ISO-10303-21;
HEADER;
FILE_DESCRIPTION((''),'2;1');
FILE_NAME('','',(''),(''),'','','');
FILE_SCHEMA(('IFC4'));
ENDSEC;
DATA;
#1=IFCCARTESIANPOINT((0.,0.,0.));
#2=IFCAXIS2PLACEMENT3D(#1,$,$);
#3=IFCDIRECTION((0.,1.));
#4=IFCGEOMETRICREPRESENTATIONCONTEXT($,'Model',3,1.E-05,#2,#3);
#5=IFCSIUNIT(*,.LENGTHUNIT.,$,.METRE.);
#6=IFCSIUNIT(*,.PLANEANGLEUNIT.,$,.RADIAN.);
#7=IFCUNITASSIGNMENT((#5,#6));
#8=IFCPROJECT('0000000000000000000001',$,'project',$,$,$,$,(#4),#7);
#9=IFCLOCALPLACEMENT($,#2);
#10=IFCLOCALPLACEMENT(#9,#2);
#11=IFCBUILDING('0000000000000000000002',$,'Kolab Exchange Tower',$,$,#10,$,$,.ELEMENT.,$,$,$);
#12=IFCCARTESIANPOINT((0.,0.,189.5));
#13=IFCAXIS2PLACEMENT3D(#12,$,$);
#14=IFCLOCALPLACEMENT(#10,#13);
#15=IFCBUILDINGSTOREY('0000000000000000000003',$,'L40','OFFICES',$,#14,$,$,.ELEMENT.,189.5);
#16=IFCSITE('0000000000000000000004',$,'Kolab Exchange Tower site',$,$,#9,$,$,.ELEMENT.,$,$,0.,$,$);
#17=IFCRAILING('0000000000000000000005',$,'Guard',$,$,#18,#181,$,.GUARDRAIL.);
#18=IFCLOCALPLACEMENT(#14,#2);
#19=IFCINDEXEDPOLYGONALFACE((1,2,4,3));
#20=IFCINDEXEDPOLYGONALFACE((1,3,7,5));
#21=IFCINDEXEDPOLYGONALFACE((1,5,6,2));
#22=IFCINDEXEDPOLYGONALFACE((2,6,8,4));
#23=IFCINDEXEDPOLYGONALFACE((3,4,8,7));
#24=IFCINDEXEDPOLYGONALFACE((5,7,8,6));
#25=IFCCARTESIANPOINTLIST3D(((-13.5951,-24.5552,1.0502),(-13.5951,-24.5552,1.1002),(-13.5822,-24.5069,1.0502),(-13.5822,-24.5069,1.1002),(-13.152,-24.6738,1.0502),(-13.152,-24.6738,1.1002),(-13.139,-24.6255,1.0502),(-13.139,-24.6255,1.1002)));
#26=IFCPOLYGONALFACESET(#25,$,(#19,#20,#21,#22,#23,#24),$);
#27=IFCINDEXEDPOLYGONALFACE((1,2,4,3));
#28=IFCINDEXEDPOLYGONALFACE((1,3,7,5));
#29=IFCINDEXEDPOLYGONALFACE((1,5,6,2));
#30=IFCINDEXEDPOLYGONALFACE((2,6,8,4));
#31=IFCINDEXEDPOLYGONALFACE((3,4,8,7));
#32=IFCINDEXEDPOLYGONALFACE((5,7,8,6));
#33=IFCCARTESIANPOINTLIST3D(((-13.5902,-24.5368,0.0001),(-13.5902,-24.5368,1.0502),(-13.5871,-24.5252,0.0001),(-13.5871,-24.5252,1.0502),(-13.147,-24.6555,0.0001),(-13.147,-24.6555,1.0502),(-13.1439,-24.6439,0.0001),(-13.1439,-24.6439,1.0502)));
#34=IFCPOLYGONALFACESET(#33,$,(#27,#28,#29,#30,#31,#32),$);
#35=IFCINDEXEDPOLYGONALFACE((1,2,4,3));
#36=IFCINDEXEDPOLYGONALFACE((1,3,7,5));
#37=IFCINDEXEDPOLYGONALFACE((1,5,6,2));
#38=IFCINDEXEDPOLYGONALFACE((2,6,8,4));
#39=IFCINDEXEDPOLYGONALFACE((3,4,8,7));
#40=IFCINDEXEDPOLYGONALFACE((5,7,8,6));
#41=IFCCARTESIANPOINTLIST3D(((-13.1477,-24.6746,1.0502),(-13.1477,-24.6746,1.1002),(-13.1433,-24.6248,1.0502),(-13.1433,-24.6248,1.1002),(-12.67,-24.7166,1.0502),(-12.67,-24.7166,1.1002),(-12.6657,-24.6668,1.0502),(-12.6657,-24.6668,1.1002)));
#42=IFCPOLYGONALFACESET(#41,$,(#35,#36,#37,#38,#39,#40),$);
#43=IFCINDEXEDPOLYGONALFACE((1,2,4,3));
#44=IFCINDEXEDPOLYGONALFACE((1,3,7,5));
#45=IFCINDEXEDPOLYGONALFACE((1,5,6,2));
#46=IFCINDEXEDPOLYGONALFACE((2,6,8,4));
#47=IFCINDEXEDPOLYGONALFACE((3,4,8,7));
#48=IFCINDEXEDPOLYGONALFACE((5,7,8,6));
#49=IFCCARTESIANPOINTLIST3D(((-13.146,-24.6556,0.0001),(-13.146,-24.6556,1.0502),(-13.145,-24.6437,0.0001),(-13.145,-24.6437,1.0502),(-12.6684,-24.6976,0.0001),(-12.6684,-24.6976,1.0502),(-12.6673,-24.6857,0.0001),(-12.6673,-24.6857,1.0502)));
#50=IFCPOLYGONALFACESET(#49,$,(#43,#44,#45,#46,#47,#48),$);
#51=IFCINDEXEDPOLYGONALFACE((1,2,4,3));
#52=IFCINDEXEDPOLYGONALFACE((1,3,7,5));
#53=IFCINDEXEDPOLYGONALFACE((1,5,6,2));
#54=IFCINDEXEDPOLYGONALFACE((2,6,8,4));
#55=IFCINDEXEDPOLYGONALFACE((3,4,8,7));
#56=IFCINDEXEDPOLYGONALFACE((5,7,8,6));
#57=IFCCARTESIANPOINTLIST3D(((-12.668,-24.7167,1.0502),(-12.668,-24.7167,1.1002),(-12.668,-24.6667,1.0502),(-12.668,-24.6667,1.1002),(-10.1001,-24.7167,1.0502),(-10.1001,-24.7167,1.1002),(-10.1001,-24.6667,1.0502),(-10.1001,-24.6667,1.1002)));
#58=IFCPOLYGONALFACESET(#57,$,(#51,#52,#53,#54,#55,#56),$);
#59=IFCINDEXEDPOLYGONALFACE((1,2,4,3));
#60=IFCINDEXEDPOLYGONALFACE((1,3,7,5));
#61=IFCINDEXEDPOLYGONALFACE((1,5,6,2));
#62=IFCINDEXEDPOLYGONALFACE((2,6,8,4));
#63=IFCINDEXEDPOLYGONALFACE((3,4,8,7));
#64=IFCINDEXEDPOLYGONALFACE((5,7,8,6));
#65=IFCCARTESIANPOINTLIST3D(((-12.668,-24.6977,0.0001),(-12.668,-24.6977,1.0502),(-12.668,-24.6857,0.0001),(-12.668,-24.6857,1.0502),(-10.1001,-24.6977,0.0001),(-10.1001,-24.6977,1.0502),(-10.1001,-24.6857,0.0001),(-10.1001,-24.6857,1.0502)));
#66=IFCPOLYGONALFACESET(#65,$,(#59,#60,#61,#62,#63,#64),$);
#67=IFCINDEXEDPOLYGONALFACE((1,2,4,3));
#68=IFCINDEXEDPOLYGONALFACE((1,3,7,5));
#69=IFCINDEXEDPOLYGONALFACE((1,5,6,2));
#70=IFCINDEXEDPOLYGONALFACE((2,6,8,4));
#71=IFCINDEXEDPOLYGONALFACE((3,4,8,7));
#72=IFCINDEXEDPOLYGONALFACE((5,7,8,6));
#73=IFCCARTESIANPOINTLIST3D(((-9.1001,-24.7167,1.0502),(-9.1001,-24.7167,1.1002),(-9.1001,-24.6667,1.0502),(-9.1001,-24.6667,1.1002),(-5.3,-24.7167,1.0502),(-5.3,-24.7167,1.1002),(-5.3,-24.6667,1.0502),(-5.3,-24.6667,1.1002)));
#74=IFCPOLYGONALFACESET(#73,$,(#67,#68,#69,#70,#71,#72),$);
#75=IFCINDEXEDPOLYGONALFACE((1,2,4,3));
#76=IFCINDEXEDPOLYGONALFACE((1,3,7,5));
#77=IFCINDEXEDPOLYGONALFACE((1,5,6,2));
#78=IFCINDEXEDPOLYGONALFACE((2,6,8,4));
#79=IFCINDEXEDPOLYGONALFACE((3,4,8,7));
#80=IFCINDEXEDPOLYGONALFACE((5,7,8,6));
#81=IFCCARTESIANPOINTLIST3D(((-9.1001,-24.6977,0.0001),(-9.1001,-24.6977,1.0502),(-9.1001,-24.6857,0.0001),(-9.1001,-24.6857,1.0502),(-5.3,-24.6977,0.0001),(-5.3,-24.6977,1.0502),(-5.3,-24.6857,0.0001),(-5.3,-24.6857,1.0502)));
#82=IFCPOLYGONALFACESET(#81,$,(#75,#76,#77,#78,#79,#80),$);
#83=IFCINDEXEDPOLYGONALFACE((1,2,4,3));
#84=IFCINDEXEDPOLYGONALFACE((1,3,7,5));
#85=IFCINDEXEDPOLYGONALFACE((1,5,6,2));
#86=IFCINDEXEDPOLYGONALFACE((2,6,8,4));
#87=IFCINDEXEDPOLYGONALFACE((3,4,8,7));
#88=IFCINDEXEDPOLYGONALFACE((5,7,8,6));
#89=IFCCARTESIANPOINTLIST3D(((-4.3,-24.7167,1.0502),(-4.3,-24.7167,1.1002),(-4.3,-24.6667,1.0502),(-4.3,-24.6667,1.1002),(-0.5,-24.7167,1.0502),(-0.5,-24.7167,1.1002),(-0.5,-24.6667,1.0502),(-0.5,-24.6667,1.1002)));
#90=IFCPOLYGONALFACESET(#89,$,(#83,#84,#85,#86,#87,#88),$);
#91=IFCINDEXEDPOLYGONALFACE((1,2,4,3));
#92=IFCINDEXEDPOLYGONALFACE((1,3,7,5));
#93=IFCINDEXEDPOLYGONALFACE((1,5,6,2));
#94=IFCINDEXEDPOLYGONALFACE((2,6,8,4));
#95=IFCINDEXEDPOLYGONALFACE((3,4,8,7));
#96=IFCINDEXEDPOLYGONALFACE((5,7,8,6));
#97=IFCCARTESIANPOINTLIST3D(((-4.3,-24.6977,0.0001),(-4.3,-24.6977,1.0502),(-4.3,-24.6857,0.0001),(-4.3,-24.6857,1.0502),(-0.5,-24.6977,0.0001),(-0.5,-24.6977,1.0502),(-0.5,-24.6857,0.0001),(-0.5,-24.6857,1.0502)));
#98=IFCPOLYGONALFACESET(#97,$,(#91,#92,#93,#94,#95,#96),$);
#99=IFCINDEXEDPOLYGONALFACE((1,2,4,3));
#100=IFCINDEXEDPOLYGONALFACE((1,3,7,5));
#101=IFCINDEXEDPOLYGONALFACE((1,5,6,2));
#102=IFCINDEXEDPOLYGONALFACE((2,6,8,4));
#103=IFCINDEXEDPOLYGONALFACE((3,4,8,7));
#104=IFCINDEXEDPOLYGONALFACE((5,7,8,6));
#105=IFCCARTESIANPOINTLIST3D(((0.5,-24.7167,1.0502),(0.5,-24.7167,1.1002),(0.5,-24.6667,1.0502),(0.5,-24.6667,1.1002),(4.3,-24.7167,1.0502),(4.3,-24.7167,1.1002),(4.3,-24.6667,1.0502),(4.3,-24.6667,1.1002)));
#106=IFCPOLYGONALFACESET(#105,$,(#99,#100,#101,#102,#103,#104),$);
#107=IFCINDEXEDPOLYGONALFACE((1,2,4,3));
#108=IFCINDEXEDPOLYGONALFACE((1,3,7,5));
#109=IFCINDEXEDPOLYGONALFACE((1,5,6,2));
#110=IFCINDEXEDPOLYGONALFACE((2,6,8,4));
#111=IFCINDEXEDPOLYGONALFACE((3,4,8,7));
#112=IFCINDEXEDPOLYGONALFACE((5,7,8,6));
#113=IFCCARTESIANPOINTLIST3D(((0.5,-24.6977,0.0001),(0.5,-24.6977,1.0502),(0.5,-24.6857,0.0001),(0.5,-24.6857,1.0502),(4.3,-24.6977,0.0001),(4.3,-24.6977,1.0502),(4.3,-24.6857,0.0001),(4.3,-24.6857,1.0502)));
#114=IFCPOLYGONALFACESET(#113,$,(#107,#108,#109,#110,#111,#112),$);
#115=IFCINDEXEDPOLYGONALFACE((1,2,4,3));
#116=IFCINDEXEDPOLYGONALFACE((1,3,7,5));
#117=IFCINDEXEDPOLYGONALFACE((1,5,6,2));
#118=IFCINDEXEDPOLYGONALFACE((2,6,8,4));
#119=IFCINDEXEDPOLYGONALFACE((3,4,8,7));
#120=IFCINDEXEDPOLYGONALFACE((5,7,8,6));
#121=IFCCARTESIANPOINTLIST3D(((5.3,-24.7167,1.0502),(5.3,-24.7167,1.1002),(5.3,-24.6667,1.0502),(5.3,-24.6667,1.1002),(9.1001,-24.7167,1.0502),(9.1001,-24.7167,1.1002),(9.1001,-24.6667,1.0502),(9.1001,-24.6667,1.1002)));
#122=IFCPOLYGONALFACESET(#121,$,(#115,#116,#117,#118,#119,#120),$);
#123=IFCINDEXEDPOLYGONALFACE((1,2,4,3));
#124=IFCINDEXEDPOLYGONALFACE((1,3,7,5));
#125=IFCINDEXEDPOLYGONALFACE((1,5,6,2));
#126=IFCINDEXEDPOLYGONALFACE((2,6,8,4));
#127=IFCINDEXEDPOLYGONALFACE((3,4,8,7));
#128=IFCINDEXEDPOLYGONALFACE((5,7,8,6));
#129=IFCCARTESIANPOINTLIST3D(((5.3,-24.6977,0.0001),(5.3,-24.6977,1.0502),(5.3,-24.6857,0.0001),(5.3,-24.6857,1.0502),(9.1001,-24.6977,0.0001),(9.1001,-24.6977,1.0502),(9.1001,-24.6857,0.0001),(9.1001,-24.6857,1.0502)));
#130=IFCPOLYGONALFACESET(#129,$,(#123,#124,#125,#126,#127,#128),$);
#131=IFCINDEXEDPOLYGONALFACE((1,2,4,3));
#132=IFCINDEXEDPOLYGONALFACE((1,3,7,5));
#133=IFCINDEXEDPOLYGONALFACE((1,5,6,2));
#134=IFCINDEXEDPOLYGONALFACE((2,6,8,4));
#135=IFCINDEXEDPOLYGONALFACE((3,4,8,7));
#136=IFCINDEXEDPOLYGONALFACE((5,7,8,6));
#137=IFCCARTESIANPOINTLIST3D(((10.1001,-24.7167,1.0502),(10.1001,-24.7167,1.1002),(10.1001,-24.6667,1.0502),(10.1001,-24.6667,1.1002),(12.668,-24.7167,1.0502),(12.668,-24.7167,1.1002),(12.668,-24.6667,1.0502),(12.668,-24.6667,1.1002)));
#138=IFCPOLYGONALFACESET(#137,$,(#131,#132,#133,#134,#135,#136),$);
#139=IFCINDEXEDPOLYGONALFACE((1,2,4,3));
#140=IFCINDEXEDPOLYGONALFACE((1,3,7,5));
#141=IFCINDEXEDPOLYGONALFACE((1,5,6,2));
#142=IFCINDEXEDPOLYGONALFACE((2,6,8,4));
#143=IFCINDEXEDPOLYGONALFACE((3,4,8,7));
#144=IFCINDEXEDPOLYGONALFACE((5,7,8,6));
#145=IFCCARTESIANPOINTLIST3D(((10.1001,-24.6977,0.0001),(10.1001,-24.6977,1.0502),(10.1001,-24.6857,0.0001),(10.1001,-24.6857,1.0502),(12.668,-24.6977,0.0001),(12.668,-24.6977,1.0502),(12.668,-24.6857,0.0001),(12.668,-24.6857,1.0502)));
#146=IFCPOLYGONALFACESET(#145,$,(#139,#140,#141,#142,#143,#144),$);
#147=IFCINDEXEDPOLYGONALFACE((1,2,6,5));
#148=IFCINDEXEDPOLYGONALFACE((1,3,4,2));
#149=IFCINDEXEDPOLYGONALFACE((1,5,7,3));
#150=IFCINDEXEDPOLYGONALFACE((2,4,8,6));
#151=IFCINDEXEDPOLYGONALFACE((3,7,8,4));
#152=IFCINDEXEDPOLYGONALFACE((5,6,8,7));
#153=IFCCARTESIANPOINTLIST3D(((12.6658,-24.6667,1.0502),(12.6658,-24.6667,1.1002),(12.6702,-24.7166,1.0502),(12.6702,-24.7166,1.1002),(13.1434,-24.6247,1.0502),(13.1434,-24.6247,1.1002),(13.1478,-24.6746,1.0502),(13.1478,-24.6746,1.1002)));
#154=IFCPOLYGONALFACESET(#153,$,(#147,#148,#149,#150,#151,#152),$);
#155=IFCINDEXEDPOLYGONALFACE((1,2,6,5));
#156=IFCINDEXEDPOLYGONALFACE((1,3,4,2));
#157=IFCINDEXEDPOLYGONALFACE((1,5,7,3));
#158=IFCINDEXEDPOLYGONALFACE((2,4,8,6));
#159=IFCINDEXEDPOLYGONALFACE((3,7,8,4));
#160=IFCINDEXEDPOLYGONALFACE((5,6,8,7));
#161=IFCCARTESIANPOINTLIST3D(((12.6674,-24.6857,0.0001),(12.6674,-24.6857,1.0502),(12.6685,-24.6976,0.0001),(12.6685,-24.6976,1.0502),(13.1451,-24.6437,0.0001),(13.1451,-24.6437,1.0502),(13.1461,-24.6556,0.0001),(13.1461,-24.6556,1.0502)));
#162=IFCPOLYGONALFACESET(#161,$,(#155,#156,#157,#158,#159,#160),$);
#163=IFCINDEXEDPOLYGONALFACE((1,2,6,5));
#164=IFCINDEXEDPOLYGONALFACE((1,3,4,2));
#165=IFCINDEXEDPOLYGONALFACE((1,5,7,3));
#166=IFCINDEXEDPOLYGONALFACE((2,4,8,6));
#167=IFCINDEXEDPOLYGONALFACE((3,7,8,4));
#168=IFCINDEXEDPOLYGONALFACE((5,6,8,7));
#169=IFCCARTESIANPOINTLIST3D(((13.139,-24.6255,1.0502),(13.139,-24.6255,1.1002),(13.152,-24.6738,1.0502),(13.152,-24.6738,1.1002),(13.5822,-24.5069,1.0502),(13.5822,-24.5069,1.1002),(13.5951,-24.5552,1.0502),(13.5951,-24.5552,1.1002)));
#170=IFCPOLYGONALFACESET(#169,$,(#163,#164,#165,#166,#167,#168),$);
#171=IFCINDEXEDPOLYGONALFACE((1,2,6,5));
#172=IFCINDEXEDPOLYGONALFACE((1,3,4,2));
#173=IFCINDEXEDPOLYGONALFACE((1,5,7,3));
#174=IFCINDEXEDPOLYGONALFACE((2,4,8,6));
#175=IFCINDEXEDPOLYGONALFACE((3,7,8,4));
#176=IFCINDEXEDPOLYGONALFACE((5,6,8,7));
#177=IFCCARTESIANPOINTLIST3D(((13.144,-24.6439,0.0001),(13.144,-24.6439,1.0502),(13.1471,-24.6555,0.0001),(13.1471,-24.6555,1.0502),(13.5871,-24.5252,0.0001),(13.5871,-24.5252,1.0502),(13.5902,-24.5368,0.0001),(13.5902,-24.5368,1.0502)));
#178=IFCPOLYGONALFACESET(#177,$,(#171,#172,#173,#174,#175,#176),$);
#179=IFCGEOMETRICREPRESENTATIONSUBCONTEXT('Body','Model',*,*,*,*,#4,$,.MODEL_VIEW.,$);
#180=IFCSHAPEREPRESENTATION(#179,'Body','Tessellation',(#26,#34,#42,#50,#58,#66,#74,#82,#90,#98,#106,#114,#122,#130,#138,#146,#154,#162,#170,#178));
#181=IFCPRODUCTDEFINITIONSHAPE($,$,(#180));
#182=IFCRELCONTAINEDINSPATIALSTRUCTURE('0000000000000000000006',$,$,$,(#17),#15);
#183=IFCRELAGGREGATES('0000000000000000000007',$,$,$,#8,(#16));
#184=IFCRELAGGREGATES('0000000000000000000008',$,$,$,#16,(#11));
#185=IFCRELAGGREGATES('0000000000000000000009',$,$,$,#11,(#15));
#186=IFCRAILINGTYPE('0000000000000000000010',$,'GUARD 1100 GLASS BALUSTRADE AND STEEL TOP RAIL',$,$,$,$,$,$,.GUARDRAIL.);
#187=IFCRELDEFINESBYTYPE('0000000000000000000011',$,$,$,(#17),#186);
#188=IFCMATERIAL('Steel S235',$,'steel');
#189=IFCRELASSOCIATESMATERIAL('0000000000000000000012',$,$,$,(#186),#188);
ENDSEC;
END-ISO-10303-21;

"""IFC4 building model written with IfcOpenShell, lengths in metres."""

from ifc_helpers import new_model, si_unit, direction, frame, frame_2d, origin, origin_2d, place, context, subcontext, project, spatial, rectangle, extrude, material, type_object, element, save


model = new_model("IFC4")

# Units and contexts
model_context = context("Model", 3, precision=1e-05, world=origin(), true_north=direction((0.0, 1.0)))
body_context = subcontext(model_context, "Body", "Model", "MODEL_VIEW")
ifc_project = project(units=[si_unit("LENGTHUNIT", "METRE"), si_unit("PLANEANGLEUNIT", "RADIAN")], contexts=[model_context])

# Site, building, storey
site_placement = place(None, origin())
site = spatial("IfcSite", under=ifc_project, at=site_placement, Name="Kolab Exchange Tower site", CompositionType="ELEMENT", RefElevation=0.0)
building_placement = place(site_placement, origin())
building = spatial("IfcBuilding", under=site, at=building_placement, Name="Kolab Exchange Tower", CompositionType="ELEMENT")
storey_placement = place(building_placement, frame((0.0, 0.0, 189.5)))
storey = spatial("IfcBuildingStorey", under=building, at=storey_placement, Name="L40", Description="OFFICES", CompositionType="ELEMENT", Elevation=189.5)

# Railing
ifc_material_1 = material(Name="Steel S235", Category="steel")
railing_type = type_object("IfcRailingType", Name="GUARD 1100 GLASS BALUSTRADE AND STEEL TOP RAIL", PredefinedType="GUARDRAIL", material=ifc_material_1)
railing_placement = place(storey_placement, frame((-13.5886, -24.531, 0.0)))
element("IfcRailing", 1, at=railing_placement, inside=storey, type_object=railing_type, Name="Guard", PredefinedType="GUARDRAIL", context=body_context, shape_type="SweptSolid", body=[
    extrude(rectangle(XDim=0.05, YDim=0.05, at=origin_2d()), frame((0.0, 0.0, 1.0752), z_axis=(0.965969, -0.258656, 0.0), x_axis=(0.258656, 0.965969, 0.0)), (0.0, 0.0, 1.0), 0.4587),
    extrude(rectangle(XDim=0.012, YDim=1.0501, at=frame_2d((0.0, 0.5251))), frame((0.0, 0.0, 0.0), z_axis=(0.965969, -0.258656, 0.0), x_axis=(0.258656, 0.965969, 0.0)), (0.0, 0.0, 1.0), 0.4587),
    extrude(rectangle(XDim=0.05, YDim=0.05, at=origin_2d()), frame((0.4431, -0.1187, 1.0752), z_axis=(0.996156, -0.087597, 0.0), x_axis=(0.087597, 0.996156, 0.0)), (0.0, 0.0, 1.0), 0.4795),
    extrude(rectangle(XDim=0.012, YDim=1.0501, at=frame_2d((0.0, 0.5251))), frame((0.4431, -0.1187, 0.0), z_axis=(0.996156, -0.087597, 0.0), x_axis=(0.087597, 0.996156, 0.0)), (0.0, 0.0, 1.0), 0.4795),
    extrude(rectangle(XDim=0.05, YDim=0.05, at=origin_2d()), frame((0.9207, -0.1606, 1.0752), z_axis=(1.0, 0.0, 0.0), x_axis=(0.0, 1.0, 0.0)), (0.0, 0.0, 1.0), 2.5679),
    extrude(rectangle(XDim=0.012, YDim=1.0501, at=frame_2d((0.0, 0.5251))), frame((0.9207, -0.1606, 0.0), z_axis=(1.0, 0.0, 0.0), x_axis=(0.0, 1.0, 0.0)), (0.0, 0.0, 1.0), 2.5679),
    extrude(rectangle(XDim=0.05, YDim=0.05, at=origin_2d()), frame((4.4885, -0.1606, 1.0752), z_axis=(1.0, 0.0, 0.0), x_axis=(0.0, 1.0, 0.0)), (0.0, 0.0, 1.0), 3.8),
    extrude(rectangle(XDim=0.012, YDim=1.0501, at=frame_2d((0.0, 0.5251))), frame((4.4885, -0.1606, 0.0), z_axis=(1.0, 0.0, 0.0), x_axis=(0.0, 1.0, 0.0)), (0.0, 0.0, 1.0), 3.8),
    extrude(rectangle(XDim=0.05, YDim=0.05, at=origin_2d()), frame((9.2886, -0.1606, 1.0752), z_axis=(1.0, 0.0, 0.0), x_axis=(0.0, 1.0, 0.0)), (0.0, 0.0, 1.0), 3.8),
    extrude(rectangle(XDim=0.012, YDim=1.0501, at=frame_2d((0.0, 0.5251))), frame((9.2886, -0.1606, 0.0), z_axis=(1.0, 0.0, 0.0), x_axis=(0.0, 1.0, 0.0)), (0.0, 0.0, 1.0), 3.8),
    extrude(rectangle(XDim=0.05, YDim=0.05, at=origin_2d()), frame((14.0886, -0.1606, 1.0752), z_axis=(1.0, 0.0, 0.0), x_axis=(0.0, 1.0, 0.0)), (0.0, 0.0, 1.0), 3.8),
    extrude(rectangle(XDim=0.012, YDim=1.0501, at=frame_2d((0.0, 0.5251))), frame((14.0886, -0.1606, 0.0), z_axis=(1.0, 0.0, 0.0), x_axis=(0.0, 1.0, 0.0)), (0.0, 0.0, 1.0), 3.8),
    extrude(rectangle(XDim=0.05, YDim=0.05, at=origin_2d()), frame((18.8887, -0.1606, 1.0752), z_axis=(1.0, 0.0, 0.0), x_axis=(0.0, 1.0, 0.0)), (0.0, 0.0, 1.0), 3.8),
    extrude(rectangle(XDim=0.012, YDim=1.0501, at=frame_2d((0.0, 0.5251))), frame((18.8887, -0.1606, 0.0), z_axis=(1.0, 0.0, 0.0), x_axis=(0.0, 1.0, 0.0)), (0.0, 0.0, 1.0), 3.8),
    extrude(rectangle(XDim=0.05, YDim=0.05, at=origin_2d()), frame((23.6887, -0.1606, 1.0752), z_axis=(1.0, 0.0, 0.0), x_axis=(0.0, 1.0, 0.0)), (0.0, 0.0, 1.0), 2.5679),
    extrude(rectangle(XDim=0.012, YDim=1.0501, at=frame_2d((0.0, 0.5251))), frame((23.6887, -0.1606, 0.0), z_axis=(1.0, 0.0, 0.0), x_axis=(0.0, 1.0, 0.0)), (0.0, 0.0, 1.0), 2.5679),
    extrude(rectangle(XDim=0.05, YDim=0.05, at=origin_2d()), frame((26.2566, -0.1606, 1.0752), z_axis=(0.996156, 0.087597, 0.0), x_axis=(-0.087597, 0.996156, 0.0)), (0.0, 0.0, 1.0), 0.4795),
    extrude(rectangle(XDim=0.012, YDim=1.0501, at=frame_2d((0.0, 0.5251))), frame((26.2566, -0.1606, 0.0), z_axis=(0.996156, 0.087597, 0.0), x_axis=(-0.087597, 0.996156, 0.0)), (0.0, 0.0, 1.0), 0.4795),
    extrude(rectangle(XDim=0.05, YDim=0.05, at=origin_2d()), frame((26.7341, -0.1187, 1.0752), z_axis=(0.965969, 0.258656, 0.0), x_axis=(-0.258656, 0.965969, 0.0)), (0.0, 0.0, 1.0), 0.4587),
    extrude(rectangle(XDim=0.012, YDim=1.0501, at=frame_2d((0.0, 0.5251))), frame((26.7341, -0.1187, 0.0), z_axis=(0.965969, 0.258656, 0.0), x_axis=(-0.258656, 0.965969, 0.0)), (0.0, 0.0, 1.0), 0.4587),
])

save(model, "model.ifc")
